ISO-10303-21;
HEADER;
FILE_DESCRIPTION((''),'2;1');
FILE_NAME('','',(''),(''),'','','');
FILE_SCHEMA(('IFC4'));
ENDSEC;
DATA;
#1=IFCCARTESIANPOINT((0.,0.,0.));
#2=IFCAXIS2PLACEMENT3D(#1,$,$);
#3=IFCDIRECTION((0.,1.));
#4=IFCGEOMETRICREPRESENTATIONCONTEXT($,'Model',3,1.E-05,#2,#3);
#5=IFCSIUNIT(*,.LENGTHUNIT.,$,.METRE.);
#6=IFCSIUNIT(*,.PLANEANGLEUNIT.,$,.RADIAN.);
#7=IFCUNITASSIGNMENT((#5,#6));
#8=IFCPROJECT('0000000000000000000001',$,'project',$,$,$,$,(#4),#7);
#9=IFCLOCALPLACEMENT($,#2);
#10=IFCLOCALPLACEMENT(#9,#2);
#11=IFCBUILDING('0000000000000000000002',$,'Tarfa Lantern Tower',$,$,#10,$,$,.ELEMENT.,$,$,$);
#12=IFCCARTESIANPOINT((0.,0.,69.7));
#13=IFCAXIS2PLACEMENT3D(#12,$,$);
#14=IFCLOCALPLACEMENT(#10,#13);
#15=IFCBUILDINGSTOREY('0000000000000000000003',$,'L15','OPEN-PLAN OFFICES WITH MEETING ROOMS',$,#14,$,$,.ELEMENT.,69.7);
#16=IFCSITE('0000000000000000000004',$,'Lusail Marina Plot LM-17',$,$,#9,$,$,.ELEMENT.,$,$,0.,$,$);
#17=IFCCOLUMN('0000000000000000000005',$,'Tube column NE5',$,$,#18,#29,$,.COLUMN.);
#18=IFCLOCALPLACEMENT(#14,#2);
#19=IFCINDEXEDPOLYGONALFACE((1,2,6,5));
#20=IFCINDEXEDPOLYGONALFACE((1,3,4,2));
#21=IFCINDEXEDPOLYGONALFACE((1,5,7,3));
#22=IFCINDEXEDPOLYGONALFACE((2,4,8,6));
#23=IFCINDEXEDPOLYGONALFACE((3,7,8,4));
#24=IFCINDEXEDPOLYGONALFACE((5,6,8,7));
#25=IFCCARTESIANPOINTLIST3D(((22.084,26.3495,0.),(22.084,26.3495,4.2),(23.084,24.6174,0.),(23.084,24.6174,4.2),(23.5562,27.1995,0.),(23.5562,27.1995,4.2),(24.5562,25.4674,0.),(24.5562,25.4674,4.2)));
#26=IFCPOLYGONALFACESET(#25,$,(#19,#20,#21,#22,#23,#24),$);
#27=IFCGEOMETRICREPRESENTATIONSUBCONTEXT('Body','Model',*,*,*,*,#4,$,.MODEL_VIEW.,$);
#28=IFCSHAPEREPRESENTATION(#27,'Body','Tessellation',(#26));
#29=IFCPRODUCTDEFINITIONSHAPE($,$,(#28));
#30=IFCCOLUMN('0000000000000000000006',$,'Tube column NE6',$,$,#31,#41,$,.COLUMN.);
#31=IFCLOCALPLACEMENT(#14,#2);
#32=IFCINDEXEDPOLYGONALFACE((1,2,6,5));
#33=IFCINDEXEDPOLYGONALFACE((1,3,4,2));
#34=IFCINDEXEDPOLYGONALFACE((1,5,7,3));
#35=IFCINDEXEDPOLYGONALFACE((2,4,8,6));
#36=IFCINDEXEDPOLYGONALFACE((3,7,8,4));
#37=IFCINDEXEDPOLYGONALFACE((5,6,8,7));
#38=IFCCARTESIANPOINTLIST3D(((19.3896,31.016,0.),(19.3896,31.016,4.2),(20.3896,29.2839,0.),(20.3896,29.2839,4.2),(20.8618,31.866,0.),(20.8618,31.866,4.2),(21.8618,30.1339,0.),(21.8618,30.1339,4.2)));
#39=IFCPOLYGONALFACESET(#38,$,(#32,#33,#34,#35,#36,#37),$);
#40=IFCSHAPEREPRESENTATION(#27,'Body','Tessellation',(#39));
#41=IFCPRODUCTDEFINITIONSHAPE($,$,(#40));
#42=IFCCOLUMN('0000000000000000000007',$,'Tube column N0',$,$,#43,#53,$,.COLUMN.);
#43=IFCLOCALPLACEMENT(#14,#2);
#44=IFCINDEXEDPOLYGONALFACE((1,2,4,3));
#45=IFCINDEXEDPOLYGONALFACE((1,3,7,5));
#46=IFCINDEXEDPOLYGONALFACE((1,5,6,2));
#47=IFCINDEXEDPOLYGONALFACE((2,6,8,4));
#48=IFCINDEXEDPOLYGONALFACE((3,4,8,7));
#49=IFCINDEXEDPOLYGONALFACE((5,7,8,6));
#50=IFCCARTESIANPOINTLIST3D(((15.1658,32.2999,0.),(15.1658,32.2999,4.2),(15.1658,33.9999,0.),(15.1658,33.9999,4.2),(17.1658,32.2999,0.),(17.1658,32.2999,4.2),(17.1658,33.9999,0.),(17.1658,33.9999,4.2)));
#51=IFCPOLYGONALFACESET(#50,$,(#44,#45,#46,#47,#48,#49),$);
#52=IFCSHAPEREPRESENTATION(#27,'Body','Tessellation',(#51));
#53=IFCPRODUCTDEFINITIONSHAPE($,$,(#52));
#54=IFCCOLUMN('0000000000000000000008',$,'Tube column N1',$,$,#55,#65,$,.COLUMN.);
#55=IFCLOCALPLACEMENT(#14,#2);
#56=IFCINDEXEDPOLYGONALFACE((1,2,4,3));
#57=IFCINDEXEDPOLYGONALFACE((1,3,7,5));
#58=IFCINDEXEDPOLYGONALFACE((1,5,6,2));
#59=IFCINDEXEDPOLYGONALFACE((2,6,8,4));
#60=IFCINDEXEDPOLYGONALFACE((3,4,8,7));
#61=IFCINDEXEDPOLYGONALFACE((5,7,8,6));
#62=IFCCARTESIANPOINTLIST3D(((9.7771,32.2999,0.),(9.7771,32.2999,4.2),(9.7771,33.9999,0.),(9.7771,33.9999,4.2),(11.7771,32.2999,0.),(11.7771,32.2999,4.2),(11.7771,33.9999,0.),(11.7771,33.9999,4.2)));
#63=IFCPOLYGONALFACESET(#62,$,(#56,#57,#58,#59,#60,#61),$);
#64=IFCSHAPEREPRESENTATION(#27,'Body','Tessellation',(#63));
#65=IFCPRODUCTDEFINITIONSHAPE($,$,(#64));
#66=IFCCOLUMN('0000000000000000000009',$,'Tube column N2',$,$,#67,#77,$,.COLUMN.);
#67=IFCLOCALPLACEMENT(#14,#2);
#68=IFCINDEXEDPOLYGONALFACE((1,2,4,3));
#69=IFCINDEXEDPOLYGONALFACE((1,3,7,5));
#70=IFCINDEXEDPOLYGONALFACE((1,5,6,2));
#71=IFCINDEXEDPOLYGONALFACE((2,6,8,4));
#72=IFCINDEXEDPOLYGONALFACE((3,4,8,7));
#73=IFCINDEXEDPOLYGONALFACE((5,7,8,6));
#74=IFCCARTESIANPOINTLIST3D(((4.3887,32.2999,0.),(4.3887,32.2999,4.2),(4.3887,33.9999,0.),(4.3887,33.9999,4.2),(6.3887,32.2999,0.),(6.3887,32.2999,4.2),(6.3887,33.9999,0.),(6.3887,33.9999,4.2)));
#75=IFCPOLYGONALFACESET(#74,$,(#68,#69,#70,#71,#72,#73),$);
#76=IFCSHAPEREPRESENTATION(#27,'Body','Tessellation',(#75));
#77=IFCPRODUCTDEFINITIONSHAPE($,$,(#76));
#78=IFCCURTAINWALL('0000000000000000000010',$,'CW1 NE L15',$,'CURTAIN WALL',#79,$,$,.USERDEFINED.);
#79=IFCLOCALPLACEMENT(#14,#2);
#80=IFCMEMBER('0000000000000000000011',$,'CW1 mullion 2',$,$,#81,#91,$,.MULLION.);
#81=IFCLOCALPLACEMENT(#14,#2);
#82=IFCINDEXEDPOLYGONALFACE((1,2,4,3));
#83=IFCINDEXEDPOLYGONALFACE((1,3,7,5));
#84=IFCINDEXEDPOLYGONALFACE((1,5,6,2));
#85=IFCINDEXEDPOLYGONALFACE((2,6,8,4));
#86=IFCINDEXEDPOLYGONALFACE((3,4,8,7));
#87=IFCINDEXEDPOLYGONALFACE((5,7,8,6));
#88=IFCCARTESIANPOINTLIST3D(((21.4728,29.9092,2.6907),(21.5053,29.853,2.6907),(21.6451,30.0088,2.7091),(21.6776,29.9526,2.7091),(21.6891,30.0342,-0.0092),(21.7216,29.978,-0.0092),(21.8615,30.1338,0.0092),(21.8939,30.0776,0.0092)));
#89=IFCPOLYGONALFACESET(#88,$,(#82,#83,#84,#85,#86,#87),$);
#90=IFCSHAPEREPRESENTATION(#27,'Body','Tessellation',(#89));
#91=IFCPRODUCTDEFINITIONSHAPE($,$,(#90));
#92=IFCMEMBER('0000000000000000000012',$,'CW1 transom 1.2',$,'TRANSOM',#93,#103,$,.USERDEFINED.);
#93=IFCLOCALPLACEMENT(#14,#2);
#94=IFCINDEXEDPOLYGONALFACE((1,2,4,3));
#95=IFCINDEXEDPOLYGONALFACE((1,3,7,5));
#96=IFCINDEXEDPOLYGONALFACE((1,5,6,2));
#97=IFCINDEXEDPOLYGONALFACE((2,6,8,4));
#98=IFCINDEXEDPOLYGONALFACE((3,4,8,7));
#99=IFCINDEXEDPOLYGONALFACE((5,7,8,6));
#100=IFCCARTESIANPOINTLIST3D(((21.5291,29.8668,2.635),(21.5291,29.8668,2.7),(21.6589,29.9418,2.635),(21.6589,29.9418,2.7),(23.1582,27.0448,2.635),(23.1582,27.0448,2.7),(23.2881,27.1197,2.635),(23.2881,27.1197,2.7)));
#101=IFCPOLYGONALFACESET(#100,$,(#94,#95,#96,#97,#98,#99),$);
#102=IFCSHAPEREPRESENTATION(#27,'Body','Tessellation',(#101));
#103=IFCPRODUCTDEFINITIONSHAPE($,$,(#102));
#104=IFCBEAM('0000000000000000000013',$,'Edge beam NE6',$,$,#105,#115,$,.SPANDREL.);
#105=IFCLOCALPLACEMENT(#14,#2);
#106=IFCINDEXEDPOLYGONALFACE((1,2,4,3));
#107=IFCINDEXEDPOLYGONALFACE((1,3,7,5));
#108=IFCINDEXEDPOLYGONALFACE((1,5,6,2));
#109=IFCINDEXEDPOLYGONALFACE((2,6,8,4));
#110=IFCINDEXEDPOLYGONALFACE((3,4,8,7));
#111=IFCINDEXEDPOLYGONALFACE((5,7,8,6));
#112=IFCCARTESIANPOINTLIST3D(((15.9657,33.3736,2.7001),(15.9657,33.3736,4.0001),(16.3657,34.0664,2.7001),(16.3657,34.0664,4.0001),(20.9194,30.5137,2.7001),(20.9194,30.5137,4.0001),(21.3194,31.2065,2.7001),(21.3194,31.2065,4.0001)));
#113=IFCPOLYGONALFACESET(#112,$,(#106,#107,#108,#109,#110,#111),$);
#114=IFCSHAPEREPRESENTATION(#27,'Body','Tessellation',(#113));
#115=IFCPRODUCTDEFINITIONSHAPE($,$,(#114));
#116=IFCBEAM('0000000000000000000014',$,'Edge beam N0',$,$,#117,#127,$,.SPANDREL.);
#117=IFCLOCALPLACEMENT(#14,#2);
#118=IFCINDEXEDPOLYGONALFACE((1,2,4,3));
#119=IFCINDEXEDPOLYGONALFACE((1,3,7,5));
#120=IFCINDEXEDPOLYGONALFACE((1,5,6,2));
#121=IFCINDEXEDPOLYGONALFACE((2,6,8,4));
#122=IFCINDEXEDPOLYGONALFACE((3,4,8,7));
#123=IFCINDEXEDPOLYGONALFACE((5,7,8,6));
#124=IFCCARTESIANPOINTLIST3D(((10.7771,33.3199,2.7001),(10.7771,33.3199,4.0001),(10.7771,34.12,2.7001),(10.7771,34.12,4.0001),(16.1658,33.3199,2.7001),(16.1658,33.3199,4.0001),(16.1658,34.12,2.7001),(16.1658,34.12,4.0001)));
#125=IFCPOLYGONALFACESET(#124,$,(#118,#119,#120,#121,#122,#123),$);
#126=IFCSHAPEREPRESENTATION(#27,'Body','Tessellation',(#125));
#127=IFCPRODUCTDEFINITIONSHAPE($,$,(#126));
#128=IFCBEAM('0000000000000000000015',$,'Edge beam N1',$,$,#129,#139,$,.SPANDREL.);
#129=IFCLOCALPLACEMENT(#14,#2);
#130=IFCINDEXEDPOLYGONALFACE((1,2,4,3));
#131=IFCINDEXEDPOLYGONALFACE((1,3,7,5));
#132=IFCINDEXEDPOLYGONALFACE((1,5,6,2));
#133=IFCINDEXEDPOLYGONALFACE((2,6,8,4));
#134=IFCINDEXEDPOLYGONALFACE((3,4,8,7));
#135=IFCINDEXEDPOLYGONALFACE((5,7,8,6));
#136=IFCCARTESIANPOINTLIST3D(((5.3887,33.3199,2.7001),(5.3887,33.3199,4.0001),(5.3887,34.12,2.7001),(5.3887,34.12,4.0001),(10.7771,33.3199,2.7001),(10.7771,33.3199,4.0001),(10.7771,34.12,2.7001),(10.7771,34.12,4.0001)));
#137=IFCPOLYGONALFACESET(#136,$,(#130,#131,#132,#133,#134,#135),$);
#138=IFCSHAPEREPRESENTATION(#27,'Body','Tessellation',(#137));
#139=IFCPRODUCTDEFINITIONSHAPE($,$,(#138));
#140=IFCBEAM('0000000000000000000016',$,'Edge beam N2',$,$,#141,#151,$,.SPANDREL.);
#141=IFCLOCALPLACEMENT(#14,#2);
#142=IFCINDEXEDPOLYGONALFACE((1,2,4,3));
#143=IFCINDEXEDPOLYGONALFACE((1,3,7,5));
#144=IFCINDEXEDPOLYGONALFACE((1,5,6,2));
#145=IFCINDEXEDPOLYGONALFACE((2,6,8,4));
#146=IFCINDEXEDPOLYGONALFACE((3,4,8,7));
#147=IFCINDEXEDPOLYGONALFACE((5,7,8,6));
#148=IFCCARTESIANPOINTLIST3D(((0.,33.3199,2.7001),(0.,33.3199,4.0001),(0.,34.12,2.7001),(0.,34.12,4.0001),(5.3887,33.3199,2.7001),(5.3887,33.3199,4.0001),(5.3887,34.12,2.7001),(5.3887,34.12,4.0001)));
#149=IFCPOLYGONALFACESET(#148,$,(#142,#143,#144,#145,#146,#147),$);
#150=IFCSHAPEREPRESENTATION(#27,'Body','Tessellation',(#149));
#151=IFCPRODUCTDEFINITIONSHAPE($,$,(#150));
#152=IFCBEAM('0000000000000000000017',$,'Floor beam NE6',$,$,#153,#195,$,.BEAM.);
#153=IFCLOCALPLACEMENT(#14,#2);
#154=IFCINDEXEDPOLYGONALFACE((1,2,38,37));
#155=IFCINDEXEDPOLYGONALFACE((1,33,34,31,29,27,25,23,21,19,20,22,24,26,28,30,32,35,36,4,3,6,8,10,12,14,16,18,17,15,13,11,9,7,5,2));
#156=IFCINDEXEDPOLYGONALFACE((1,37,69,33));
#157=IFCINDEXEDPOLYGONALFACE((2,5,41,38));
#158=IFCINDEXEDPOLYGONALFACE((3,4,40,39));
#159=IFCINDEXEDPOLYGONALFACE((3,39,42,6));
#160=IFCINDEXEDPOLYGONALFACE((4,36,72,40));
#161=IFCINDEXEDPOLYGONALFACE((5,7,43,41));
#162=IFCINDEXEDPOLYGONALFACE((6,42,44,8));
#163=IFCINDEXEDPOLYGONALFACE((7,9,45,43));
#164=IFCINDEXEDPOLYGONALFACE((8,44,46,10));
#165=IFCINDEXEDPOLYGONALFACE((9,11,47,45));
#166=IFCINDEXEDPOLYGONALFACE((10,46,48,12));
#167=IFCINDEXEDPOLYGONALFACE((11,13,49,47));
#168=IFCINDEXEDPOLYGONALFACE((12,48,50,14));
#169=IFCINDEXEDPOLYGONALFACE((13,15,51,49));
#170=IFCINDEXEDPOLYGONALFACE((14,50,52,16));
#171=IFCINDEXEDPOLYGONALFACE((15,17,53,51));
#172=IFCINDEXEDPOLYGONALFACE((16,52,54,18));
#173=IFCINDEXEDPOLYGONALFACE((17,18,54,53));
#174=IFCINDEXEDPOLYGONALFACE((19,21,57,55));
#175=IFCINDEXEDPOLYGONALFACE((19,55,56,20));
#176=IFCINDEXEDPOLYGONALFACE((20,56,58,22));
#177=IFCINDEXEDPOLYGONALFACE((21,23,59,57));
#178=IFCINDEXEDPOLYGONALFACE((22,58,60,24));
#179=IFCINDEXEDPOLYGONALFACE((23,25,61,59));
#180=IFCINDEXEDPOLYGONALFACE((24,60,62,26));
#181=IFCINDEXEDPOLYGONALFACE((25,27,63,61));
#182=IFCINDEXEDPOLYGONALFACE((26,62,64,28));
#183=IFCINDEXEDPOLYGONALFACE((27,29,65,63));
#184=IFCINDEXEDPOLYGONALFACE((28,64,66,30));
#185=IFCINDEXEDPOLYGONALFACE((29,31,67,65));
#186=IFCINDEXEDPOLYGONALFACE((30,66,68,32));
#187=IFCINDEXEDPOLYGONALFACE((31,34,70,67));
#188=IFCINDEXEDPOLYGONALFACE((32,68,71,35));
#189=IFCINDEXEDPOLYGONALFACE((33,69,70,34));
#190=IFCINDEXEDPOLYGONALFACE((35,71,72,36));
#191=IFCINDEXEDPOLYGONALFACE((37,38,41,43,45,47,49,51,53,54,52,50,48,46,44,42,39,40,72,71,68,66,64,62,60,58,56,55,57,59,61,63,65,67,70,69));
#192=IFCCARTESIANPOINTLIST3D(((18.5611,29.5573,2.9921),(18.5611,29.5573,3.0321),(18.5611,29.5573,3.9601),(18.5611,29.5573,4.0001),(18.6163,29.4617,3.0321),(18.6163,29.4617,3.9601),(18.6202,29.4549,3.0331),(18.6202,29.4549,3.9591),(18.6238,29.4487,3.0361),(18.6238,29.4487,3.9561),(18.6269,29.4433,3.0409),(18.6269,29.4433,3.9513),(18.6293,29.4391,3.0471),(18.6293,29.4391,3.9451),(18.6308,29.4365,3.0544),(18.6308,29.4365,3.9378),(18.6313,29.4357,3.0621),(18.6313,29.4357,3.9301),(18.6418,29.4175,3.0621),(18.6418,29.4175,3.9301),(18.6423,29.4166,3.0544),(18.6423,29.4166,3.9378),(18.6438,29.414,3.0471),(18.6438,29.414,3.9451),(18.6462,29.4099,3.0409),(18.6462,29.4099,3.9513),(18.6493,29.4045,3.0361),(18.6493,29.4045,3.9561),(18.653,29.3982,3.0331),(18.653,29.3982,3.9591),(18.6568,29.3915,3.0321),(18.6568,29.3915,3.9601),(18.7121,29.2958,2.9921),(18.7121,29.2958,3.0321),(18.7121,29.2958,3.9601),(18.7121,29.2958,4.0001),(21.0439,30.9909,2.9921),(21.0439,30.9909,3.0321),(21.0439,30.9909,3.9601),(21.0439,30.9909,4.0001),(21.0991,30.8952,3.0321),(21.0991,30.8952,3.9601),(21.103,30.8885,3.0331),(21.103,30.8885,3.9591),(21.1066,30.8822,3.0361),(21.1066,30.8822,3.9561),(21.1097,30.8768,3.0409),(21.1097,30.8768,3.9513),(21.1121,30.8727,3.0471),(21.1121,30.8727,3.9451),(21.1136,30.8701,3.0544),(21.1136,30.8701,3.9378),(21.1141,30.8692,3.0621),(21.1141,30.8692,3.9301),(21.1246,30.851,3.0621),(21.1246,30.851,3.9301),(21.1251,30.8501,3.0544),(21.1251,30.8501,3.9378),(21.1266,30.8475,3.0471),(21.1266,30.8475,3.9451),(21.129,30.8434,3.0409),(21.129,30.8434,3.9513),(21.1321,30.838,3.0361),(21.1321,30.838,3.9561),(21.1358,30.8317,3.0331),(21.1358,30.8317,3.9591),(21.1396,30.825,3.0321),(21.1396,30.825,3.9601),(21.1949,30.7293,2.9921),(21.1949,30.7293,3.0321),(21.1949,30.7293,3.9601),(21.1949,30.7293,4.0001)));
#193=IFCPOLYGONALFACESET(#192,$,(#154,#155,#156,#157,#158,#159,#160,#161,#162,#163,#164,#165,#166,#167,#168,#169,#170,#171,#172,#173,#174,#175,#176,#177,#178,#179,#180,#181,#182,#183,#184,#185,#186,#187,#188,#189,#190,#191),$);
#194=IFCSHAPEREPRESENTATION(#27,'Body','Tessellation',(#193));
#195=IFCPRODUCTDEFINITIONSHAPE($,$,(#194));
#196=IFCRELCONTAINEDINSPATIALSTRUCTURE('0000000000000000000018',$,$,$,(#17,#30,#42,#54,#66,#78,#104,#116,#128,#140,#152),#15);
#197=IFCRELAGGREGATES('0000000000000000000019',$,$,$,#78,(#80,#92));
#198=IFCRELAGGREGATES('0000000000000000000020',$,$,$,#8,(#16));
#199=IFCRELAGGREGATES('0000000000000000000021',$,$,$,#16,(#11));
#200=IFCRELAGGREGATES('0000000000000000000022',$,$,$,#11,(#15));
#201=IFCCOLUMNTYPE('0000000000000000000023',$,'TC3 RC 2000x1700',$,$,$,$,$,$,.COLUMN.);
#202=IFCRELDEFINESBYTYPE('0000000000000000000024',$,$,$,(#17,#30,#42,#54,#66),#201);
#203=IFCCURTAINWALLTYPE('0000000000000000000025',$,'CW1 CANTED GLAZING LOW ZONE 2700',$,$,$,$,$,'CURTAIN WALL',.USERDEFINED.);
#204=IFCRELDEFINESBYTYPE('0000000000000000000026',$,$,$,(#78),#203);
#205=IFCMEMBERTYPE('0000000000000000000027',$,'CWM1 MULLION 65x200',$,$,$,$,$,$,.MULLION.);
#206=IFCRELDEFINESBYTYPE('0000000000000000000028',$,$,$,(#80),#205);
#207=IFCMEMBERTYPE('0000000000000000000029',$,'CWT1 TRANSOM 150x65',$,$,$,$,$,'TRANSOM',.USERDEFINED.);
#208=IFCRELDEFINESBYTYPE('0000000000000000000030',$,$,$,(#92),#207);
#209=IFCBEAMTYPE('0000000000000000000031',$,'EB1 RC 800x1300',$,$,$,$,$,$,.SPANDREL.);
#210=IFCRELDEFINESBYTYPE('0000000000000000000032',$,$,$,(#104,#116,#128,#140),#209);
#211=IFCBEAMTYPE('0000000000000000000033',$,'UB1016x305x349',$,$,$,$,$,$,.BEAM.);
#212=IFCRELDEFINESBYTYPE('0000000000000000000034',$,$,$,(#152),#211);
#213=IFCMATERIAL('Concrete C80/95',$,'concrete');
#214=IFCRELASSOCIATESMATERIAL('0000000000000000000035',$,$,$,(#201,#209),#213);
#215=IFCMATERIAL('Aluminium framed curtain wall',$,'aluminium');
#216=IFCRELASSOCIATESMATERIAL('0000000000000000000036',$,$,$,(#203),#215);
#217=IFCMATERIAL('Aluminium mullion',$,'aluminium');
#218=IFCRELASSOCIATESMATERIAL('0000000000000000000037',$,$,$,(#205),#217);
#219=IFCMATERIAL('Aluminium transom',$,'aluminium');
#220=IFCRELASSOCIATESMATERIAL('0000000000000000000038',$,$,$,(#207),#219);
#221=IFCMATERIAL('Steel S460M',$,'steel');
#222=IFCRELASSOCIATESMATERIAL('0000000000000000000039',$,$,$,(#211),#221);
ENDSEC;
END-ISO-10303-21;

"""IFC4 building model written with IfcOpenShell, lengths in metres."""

from ifc_helpers import new_model, si_unit, direction, frame, origin, origin_2d, place, context, subcontext, project, spatial, rectangle, i_section, extrude, material, material_profile, profile_set, type_object, element, aggregate, save


model = new_model("IFC4")

# Units and contexts
model_context = context("Model", 3, precision=1e-05, world=origin(), true_north=direction((0.0, 1.0)))
body_context = subcontext(model_context, "Body", "Model", "MODEL_VIEW")
ifc_project = project(units=[si_unit("LENGTHUNIT", "METRE"), si_unit("PLANEANGLEUNIT", "RADIAN")], contexts=[model_context])

# Site, building, storey
site_placement = place(None, origin())
site = spatial("IfcSite", under=ifc_project, at=site_placement, Name="Lusail Marina Plot LM-17", CompositionType="ELEMENT", RefElevation=0.0)
building_placement = place(site_placement, origin())
building = spatial("IfcBuilding", under=site, at=building_placement, Name="Tarfa Lantern Tower", CompositionType="ELEMENT")
storey_placement = place(building_placement, frame((0.0, 0.0, 69.7)))
storey = spatial("IfcBuildingStorey", under=building, at=storey_placement, Name="L15", Description="OPEN-PLAN OFFICES WITH MEETING ROOMS", CompositionType="ELEMENT", Elevation=69.7)

# Columns
ifc_material_1 = material(Name="Concrete C80/95", Category="concrete")
ifc_material_profile_1 = material_profile(ifc_material_1, rectangle(XDim=2.0, YDim=1.7, at=origin_2d()), Name="RC 2000x1700")
ifc_profile_set_1 = profile_set([ifc_material_profile_1], Name="Concrete C80/95")
column_type = type_object("IfcColumnType", Name="TC3 RC 2000x1700", PredefinedType="COLUMN", material=ifc_profile_set_1)
for number, where, z_axis, x_axis, name in (
    (1, (23.3201, 25.9084, 0.0), (0.0, 0.0, 1.0), (-0.5, 0.866025, 0.0), "Tube column NE5"),
    (2, (20.6257, 30.575, 0.0), (0.0, 0.0, 1.0), (-0.5, 0.866025, 0.0), "Tube column NE6"),
    (3, (16.1658, 33.1499, 0.0), (0.0, 0.0, 1.0), (-1.0, 0.0, 0.0), "Tube column N0"),
    (4, (10.7771, 33.1499, 0.0), (0.0, 0.0, 1.0), (-1.0, 0.0, 0.0), "Tube column N1"),
    (5, (5.3887, 33.1499, 0.0), (0.0, 0.0, 1.0), (-1.0, 0.0, 0.0), "Tube column N2"),
):
    element("IfcColumn", number, at=place(storey_placement, frame(where, z_axis=z_axis, x_axis=x_axis)), inside=storey, type_object=column_type, Name=name, PredefinedType="COLUMN", context=body_context, shape_type="SweptSolid", body=[
        extrude(rectangle(XDim=2.0, YDim=1.7, at=origin_2d()), origin(), (0.0, 0.0, 1.0), 4.2),
    ])

# Curtain wall, members
ifc_material_2 = material(Name="Aluminium framed curtain wall", Category="aluminium")
curtain_wall_type = type_object("IfcCurtainWallType", Name="CW1 CANTED GLAZING LOW ZONE 2700", ElementType="CURTAIN WALL", PredefinedType="USERDEFINED", material=ifc_material_2)
curtain_wall_placement = place(storey_placement, origin())
curtain_wall = element("IfcCurtainWall", 6, at=curtain_wall_placement, inside=storey, type_object=curtain_wall_type, Name="CW1 NE L15", ObjectType="CURTAIN WALL", PredefinedType="USERDEFINED")
ifc_material_3 = material(Name="Aluminium mullion", Category="aluminium")
ifc_material_profile_2 = material_profile(ifc_material_3, rectangle(XDim=0.0649, YDim=0.2, at=origin_2d()), Name="AL MULLION 65x200")
ifc_profile_set_2 = profile_set([ifc_material_profile_2], Name="Aluminium mullion")
member_type_1 = type_object("IfcMemberType", Name="CWM1 MULLION 65x200", PredefinedType="MULLION", material=ifc_profile_set_2)
member_1_placement = place(storey_placement, frame((21.7915, 30.0559, 0.0), z_axis=(-0.079775, -0.0461, 0.995746), x_axis=(0.500343, -0.865827, 0.0)))
member_1 = element("IfcMember", 7, at=member_1_placement, type_object=member_type_1, Name="CW1 mullion 2", PredefinedType="MULLION", context=body_context, shape_type="SweptSolid", body=[
    extrude(rectangle(XDim=0.0649, YDim=0.2, at=origin_2d()), origin(), (0.0, 0.0, 1.0), 2.7114),
])
ifc_material_4 = material(Name="Aluminium transom", Category="aluminium")
ifc_material_profile_3 = material_profile(ifc_material_4, rectangle(XDim=0.1499, YDim=0.0649, at=origin_2d()), Name="AL TRANSOM 150x65")
ifc_profile_set_3 = profile_set([ifc_material_profile_3], Name="Aluminium transom")
member_type_2 = type_object("IfcMemberType", Name="CWT1 TRANSOM 150x65", ElementType="TRANSOM", PredefinedType="USERDEFINED", material=ifc_profile_set_3)
member_2_placement = place(storey_placement, frame((23.2231, 27.0823, 2.6675), z_axis=(-0.499967, 0.866045, 0.0), x_axis=(-0.866045, -0.499967, 0.0)))
member_2 = element("IfcMember", 8, at=member_2_placement, type_object=member_type_2, Name="CW1 transom 1.2", ObjectType="TRANSOM", PredefinedType="USERDEFINED", context=body_context, shape_type="SweptSolid", body=[
    extrude(rectangle(XDim=0.1499, YDim=0.0649, at=origin_2d()), origin(), (0.0, 0.0, 1.0), 3.2585),
])

# Beams
ifc_material_profile_4 = material_profile(ifc_material_1, rectangle(XDim=0.8, YDim=1.3, at=origin_2d()), Name="RC 800x1300")
ifc_profile_set_4 = profile_set([ifc_material_profile_4], Name="Concrete C80/95")
beam_type_1 = type_object("IfcBeamType", Name="EB1 RC 800x1300", PredefinedType="SPANDREL", material=ifc_profile_set_4)
beam_1_placement = place(storey_placement, frame((21.1194, 30.8601, 3.3501), z_axis=(-0.866033, 0.499986, 0.0), x_axis=(-0.499986, -0.866033, 0.0)))
element("IfcBeam", 9, at=beam_1_placement, inside=storey, type_object=beam_type_1, Name="Edge beam NE6", PredefinedType="SPANDREL", context=body_context, shape_type="SweptSolid", body=[
    extrude(rectangle(XDim=0.8, YDim=1.3, at=origin_2d()), origin(), (0.0, 0.0, 1.0), 5.72),
])
beam_2_placement = place(storey_placement, frame((16.1658, 33.72, 3.3501), z_axis=(-1.0, 0.0, 0.0), x_axis=(0.0, -1.0, 0.0)))
element("IfcBeam", 10, at=beam_2_placement, inside=storey, type_object=beam_type_1, Name="Edge beam N0", PredefinedType="SPANDREL", context=body_context, shape_type="SweptSolid", body=[
    extrude(rectangle(XDim=0.8, YDim=1.3, at=origin_2d()), origin(), (0.0, 0.0, 1.0), 5.3887),
])
beam_3_placement = place(storey_placement, frame((10.7771, 33.72, 3.3501), z_axis=(-1.0, 0.0, 0.0), x_axis=(0.0, -1.0, 0.0)))
element("IfcBeam", 11, at=beam_3_placement, inside=storey, type_object=beam_type_1, Name="Edge beam N1", PredefinedType="SPANDREL", context=body_context, shape_type="SweptSolid", body=[
    extrude(rectangle(XDim=0.8, YDim=1.3, at=origin_2d()), origin(), (0.0, 0.0, 1.0), 5.3884),
])
beam_4_placement = place(storey_placement, frame((5.3887, 33.72, 3.3501), z_axis=(-1.0, 0.0, 0.0), x_axis=(0.0, -1.0, 0.0)))
element("IfcBeam", 12, at=beam_4_placement, inside=storey, type_object=beam_type_1, Name="Edge beam N2", PredefinedType="SPANDREL", context=body_context, shape_type="SweptSolid", body=[
    extrude(rectangle(XDim=0.8, YDim=1.3, at=origin_2d()), origin(), (0.0, 0.0, 1.0), 5.3887),
])
ifc_material_5 = material(Name="Steel S460M", Category="steel")
ifc_material_profile_5 = material_profile(ifc_material_5, i_section(OverallWidth=0.302, OverallDepth=1.0081, WebThickness=0.021, FlangeThickness=0.04, FilletRadius=0.03, at=origin_2d()), Name="UB1016x305x349")
ifc_profile_set_5 = profile_set([ifc_material_profile_5], Name="Steel S460M")
beam_type_2 = type_object("IfcBeamType", Name="UB1016x305x349", PredefinedType="BEAM", material=ifc_profile_set_5)
beam_5_placement = place(storey_placement, frame((21.1194, 30.8601, 3.4961), z_axis=(-0.866013, -0.500022, 0.0), x_axis=(0.500022, -0.866013, 0.0)))
element("IfcBeam", 13, at=beam_5_placement, inside=storey, type_object=beam_type_2, Name="Floor beam NE6", PredefinedType="BEAM", context=body_context, shape_type="SweptSolid", body=[
    extrude(i_section(OverallWidth=0.302, OverallDepth=1.0081, WebThickness=0.021, FlangeThickness=0.04, FilletRadius=0.03, at=origin_2d()), origin(), (0.0, 0.0, 1.0), 2.8669),
])

aggregate(curtain_wall, [member_1, member_2])

save(model, "model.ifc")
